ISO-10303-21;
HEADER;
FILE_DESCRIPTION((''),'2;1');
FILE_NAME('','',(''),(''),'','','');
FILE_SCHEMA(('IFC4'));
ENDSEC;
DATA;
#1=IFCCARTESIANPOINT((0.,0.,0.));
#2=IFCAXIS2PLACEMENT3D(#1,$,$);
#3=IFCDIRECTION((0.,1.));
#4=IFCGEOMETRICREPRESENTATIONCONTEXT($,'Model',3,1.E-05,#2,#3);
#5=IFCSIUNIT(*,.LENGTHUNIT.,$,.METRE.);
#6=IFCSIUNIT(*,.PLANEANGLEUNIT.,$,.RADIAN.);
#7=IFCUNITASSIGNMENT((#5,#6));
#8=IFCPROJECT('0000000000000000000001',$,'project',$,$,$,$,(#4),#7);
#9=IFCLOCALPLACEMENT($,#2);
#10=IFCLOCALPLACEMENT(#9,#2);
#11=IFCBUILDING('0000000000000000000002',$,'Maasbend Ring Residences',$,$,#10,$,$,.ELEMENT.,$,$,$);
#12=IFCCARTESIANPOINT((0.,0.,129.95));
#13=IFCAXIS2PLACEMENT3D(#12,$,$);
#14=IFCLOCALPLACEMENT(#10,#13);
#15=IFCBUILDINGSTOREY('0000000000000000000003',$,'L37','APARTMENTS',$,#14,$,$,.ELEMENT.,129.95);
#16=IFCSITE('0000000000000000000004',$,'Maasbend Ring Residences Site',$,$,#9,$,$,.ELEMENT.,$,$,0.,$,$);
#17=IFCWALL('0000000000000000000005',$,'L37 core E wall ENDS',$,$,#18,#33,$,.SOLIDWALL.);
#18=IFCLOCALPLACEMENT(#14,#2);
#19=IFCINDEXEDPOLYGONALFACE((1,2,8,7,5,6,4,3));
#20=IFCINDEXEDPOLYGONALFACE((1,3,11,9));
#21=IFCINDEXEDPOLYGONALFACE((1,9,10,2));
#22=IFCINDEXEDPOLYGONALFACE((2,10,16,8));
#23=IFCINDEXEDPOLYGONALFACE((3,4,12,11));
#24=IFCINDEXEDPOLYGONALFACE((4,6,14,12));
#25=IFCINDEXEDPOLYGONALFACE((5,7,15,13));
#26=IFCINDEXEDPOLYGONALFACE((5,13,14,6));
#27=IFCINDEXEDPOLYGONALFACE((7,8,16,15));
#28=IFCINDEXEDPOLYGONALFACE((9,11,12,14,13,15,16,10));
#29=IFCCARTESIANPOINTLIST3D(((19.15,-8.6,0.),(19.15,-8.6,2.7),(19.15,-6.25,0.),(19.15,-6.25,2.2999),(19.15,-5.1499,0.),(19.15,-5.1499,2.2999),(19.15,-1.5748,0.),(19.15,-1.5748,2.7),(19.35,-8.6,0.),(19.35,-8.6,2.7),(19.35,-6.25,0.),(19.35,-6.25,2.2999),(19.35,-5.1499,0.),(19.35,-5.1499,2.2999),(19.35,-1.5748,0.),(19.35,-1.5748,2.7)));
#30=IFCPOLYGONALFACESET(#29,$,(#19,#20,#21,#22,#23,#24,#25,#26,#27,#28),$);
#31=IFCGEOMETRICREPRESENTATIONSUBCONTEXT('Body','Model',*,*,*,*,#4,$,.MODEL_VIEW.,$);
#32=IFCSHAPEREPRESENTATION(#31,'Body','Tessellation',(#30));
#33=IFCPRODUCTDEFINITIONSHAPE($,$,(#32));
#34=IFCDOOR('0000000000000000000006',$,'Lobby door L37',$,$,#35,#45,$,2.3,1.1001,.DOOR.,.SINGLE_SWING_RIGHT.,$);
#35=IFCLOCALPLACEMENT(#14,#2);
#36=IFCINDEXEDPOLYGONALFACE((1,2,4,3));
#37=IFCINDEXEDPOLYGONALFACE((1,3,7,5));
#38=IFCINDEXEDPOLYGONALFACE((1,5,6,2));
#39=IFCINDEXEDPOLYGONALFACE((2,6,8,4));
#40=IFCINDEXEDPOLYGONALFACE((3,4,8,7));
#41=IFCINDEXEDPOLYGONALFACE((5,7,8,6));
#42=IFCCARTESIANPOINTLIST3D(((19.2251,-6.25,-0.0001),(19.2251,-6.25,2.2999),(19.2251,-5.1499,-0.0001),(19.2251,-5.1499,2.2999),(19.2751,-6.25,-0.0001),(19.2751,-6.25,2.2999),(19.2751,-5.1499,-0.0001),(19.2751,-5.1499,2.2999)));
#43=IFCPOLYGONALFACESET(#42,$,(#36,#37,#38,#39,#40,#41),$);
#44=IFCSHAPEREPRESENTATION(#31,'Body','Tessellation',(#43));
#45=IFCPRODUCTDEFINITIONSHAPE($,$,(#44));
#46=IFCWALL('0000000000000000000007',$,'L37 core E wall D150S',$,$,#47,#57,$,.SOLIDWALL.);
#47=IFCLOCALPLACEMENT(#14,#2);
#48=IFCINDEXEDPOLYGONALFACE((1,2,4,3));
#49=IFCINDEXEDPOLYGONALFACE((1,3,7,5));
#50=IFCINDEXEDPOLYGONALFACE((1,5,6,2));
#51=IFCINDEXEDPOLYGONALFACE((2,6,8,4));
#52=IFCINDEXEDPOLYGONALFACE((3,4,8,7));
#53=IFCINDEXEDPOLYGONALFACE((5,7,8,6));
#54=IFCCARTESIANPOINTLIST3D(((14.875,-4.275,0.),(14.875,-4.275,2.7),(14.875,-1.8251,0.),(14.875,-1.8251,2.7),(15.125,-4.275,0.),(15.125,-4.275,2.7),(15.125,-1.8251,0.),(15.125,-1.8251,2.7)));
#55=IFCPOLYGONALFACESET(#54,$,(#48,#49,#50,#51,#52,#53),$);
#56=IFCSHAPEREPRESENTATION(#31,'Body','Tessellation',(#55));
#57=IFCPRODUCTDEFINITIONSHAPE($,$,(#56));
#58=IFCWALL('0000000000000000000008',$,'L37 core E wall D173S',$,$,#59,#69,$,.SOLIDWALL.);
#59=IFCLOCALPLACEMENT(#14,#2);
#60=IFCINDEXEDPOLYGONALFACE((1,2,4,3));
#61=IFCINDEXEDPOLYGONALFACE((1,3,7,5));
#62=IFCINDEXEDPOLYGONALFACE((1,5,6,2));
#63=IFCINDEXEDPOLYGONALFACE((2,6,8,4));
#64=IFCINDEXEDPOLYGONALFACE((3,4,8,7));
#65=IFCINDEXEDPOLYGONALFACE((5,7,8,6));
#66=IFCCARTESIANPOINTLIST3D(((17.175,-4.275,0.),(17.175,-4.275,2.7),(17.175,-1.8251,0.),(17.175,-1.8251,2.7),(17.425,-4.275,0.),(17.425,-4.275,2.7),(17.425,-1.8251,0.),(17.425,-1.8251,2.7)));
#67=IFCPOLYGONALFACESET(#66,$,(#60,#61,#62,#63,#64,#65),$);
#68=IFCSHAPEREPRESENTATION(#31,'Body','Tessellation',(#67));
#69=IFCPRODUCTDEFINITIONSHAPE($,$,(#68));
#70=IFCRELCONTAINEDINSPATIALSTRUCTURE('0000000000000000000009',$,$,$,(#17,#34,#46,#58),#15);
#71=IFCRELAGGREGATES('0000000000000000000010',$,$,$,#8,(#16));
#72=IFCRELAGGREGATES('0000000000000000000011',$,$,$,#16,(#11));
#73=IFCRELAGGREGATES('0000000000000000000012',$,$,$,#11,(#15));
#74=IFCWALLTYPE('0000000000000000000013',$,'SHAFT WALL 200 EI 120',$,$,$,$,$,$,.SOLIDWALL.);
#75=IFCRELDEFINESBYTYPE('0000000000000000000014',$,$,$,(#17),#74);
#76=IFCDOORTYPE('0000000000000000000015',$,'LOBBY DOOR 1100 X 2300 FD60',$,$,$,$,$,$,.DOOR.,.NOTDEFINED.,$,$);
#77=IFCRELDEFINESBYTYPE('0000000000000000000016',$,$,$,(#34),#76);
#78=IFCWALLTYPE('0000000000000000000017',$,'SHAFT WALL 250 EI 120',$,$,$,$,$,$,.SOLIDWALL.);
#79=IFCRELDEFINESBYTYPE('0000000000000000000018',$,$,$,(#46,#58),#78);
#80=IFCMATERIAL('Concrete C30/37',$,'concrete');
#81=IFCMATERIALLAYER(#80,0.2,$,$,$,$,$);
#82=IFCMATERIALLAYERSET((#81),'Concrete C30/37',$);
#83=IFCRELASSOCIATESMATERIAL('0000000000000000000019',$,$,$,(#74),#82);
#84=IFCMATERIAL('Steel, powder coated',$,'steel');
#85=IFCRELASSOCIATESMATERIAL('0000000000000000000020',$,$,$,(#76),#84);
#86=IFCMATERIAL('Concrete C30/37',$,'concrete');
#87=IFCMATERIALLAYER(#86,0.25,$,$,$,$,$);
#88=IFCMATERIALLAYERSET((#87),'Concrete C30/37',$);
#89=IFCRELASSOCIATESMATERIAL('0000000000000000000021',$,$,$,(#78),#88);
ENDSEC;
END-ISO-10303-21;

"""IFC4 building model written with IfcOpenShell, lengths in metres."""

from ifc_helpers import new_model, si_unit, direction, frame, frame_2d, origin, place, context, subcontext, project, spatial, rectangle, extrude, material, layer, layer_set, type_object, element, fill, save


model = new_model("IFC4")

# Units and contexts
model_context = context("Model", 3, precision=1e-05, world=origin(), true_north=direction((0.0, 1.0)))
body_context = subcontext(model_context, "Body", "Model", "MODEL_VIEW")
ifc_project = project(units=[si_unit("LENGTHUNIT", "METRE"), si_unit("PLANEANGLEUNIT", "RADIAN")], contexts=[model_context])

# Site, building, storey
site_placement = place(None, origin())
site = spatial("IfcSite", under=ifc_project, at=site_placement, Name="Maasbend Ring Residences Site", CompositionType="ELEMENT", RefElevation=0.0)
building_placement = place(site_placement, origin())
building = spatial("IfcBuilding", under=site, at=building_placement, Name="Maasbend Ring Residences", CompositionType="ELEMENT")
storey_placement = place(building_placement, frame((0.0, 0.0, 129.95)))
storey = spatial("IfcBuildingStorey", under=building, at=storey_placement, Name="L37", Description="APARTMENTS", CompositionType="ELEMENT", Elevation=129.95)

# Wall, opening, door
ifc_material_1 = material(Name="Concrete C30/37", Category="concrete")
ifc_layer_1 = layer(ifc_material_1, 0.2)
ifc_layer_set_1 = layer_set([ifc_layer_1], Name="Concrete C30/37")
wall_type_1 = type_object("IfcWallType", Name="SHAFT WALL 200 EI 120", PredefinedType="SOLIDWALL", material=ifc_layer_set_1)
wall_1_placement = place(storey_placement, frame((19.25, -8.6001, 0.0), z_axis=(0.0, 0.0, 1.0), x_axis=(0.0, 1.0, 0.0)))
wall_1 = element("IfcWall", 1, at=wall_1_placement, inside=storey, type_object=wall_type_1, Name="L37 core E wall ENDS", PredefinedType="SOLIDWALL", context=body_context, shape_type="SweptSolid", body=[
    extrude(rectangle(XDim=7.0251, YDim=0.2, at=frame_2d((3.5127, 0.0))), origin(), (0.0, 0.0, 1.0), 2.7),
])
opening_1_placement = place(wall_1_placement, frame((2.3501, 0.0, 0.0)))
opening_1 = element("IfcOpeningElement", 2, at=opening_1_placement, cuts=wall_1, PredefinedType="OPENING", context=body_context, shape_type="SweptSolid", body=[
    extrude(rectangle(XDim=1.1001, YDim=2.3, at=frame_2d((0.55, 1.1499))), frame((0.0, 0.1099, 0.0), z_axis=(0.0, -1.0, 0.0), x_axis=(1.0, 0.0, 0.0)), (0.0, 0.0, 1.0), 0.22),
])
ifc_material_2 = material(Name="Steel, powder coated", Category="steel")
door_type_1 = type_object("IfcDoorType", Name="LOBBY DOOR 1100 X 2300 FD60", OperationType="NOTDEFINED", PredefinedType="DOOR", material=ifc_material_2)
door_1_placement = place(opening_1_placement, origin())
door_1 = element("IfcDoor", 3, at=door_1_placement, inside=storey, type_object=door_type_1, Name="Lobby door L37", OperationType="SINGLE_SWING_RIGHT", OverallHeight=2.3, OverallWidth=1.1001, PredefinedType="DOOR", context=body_context, shape_type="SweptSolid", body=[
    extrude(rectangle(XDim=1.1001, YDim=2.3, at=frame_2d((0.55, 1.1499))), frame((0.0, 0.0249, 0.0), z_axis=(0.0, -1.0, 0.0), x_axis=(1.0, 0.0, 0.0)), (0.0, 0.0, 1.0), 0.05),
])
fill(opening_1, door_1)

# Walls
ifc_material_3 = material(Name="Concrete C30/37", Category="concrete")
ifc_layer_2 = layer(ifc_material_3, 0.25)
ifc_layer_set_2 = layer_set([ifc_layer_2], Name="Concrete C30/37")
wall_type_2 = type_object("IfcWallType", Name="SHAFT WALL 250 EI 120", PredefinedType="SOLIDWALL", material=ifc_layer_set_2)
for number, where, z_axis, x_axis, name in (
    (4, (15.0, -1.825, 0.0), (0.0, 0.0, 1.0), (0.0, -1.0, 0.0), "L37 core E wall D150S"),
    (5, (17.3, -1.825, 0.0), (0.0, 0.0, 1.0), (0.0, -1.0, 0.0), "L37 core E wall D173S"),
):
    element("IfcWall", number, at=place(storey_placement, frame(where, z_axis=z_axis, x_axis=x_axis)), inside=storey, type_object=wall_type_2, Name=name, PredefinedType="SOLIDWALL", context=body_context, shape_type="SweptSolid", body=[
        extrude(rectangle(XDim=2.45, YDim=0.25, at=frame_2d((1.2251, 0.0))), origin(), (0.0, 0.0, 1.0), 2.7),
    ])

save(model, "model.ifc")
